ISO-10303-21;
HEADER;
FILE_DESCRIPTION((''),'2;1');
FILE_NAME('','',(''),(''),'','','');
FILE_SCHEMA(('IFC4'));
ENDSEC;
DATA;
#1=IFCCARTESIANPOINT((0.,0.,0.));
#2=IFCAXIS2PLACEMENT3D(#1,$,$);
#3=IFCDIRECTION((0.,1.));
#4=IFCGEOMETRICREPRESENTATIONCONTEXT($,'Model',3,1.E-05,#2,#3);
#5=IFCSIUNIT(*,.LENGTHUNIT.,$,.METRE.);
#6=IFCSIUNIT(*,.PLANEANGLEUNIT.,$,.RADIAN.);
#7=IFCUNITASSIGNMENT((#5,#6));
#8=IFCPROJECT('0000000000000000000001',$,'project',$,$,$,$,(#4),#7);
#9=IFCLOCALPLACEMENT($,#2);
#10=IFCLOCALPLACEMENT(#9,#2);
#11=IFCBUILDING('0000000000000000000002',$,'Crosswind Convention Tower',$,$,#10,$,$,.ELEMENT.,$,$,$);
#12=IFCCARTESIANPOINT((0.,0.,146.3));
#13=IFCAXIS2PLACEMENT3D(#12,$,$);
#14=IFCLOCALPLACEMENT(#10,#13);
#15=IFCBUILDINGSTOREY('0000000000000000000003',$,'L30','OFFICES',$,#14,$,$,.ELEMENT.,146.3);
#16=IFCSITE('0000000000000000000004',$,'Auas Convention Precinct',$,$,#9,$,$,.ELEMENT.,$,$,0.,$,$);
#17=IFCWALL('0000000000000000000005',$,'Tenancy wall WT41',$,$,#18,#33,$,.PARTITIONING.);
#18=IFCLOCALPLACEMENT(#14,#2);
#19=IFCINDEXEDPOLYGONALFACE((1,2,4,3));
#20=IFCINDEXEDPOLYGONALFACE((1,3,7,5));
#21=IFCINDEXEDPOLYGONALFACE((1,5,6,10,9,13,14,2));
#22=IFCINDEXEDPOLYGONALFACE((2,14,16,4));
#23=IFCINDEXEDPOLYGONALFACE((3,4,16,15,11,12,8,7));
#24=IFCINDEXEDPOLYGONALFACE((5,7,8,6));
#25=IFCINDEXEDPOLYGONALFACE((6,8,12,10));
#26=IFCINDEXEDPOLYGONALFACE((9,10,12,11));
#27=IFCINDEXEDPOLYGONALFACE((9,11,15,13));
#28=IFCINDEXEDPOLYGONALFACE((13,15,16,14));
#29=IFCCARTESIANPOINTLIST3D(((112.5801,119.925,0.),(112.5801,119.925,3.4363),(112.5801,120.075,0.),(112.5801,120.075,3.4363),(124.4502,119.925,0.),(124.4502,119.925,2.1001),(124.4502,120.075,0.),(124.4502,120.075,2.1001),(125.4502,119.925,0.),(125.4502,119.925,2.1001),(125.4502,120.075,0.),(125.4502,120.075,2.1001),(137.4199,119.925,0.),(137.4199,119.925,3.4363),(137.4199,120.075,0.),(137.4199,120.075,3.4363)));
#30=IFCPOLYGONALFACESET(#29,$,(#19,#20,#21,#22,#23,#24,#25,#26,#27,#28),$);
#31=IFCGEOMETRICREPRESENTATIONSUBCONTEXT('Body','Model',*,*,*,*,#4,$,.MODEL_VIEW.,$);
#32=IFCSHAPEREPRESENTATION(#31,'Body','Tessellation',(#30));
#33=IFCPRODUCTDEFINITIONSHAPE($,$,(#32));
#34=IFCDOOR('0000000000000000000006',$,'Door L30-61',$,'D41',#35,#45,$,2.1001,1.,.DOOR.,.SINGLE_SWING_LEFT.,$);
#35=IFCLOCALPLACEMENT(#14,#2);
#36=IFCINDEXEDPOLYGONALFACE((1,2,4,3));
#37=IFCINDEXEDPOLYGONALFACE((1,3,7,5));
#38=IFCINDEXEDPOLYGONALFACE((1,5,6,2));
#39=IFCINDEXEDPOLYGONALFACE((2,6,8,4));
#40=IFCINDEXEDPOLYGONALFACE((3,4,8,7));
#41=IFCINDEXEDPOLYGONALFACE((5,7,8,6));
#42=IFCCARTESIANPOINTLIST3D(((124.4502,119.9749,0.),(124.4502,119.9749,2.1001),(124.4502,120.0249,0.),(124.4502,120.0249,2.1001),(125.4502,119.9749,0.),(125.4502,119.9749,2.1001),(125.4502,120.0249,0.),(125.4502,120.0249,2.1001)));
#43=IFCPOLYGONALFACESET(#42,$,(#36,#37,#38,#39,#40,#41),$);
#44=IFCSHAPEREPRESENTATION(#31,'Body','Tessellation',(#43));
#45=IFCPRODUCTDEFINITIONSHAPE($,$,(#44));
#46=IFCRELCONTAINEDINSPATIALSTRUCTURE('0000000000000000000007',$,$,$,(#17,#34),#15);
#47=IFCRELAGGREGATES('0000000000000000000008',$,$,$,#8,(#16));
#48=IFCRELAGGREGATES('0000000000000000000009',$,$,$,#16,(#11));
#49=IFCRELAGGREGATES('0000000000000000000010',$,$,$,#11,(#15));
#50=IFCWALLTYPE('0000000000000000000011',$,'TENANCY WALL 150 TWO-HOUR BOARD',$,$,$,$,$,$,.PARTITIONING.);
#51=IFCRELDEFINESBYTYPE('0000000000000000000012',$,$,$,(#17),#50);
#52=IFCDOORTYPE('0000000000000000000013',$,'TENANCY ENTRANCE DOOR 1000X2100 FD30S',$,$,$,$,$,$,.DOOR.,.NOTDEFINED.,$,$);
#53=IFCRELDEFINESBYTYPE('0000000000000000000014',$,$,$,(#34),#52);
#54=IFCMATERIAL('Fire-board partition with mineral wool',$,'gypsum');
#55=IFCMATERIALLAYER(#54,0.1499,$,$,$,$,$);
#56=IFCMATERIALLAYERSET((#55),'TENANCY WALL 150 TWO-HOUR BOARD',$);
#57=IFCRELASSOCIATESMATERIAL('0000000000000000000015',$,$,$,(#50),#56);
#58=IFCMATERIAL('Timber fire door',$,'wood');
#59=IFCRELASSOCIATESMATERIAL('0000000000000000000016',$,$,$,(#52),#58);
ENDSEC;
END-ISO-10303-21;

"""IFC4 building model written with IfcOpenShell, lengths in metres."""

from ifc_helpers import new_model, si_unit, direction, frame, frame_2d, origin, place, context, subcontext, project, spatial, rectangle, extrude, material, layer, layer_set, type_object, element, fill, save


model = new_model("IFC4")

# Units and contexts
model_context = context("Model", 3, precision=1e-05, world=origin(), true_north=direction((0.0, 1.0)))
body_context = subcontext(model_context, "Body", "Model", "MODEL_VIEW")
ifc_project = project(units=[si_unit("LENGTHUNIT", "METRE"), si_unit("PLANEANGLEUNIT", "RADIAN")], contexts=[model_context])

# Site, building, storey
site_placement = place(None, origin())
site = spatial("IfcSite", under=ifc_project, at=site_placement, Name="Auas Convention Precinct", CompositionType="ELEMENT", RefElevation=0.0)
building_placement = place(site_placement, origin())
building = spatial("IfcBuilding", under=site, at=building_placement, Name="Crosswind Convention Tower", CompositionType="ELEMENT")
storey_placement = place(building_placement, frame((0.0, 0.0, 146.3)))
storey = spatial("IfcBuildingStorey", under=building, at=storey_placement, Name="L30", Description="OFFICES", CompositionType="ELEMENT", Elevation=146.3)

# Wall, opening, door
ifc_material_1 = material(Name="Fire-board partition with mineral wool", Category="gypsum")
ifc_layer_1 = layer(ifc_material_1, 0.1499)
ifc_layer_set_1 = layer_set([ifc_layer_1], Name="TENANCY WALL 150 TWO-HOUR BOARD")
wall_type = type_object("IfcWallType", Name="TENANCY WALL 150 TWO-HOUR BOARD", PredefinedType="PARTITIONING", material=ifc_layer_set_1)
wall_placement = place(storey_placement, frame((112.5801, 120.0, 0.0), z_axis=(0.0, 0.0, 1.0), x_axis=(1.0, 0.0, 0.0)))
wall = element("IfcWall", 1, at=wall_placement, inside=storey, type_object=wall_type, Name="Tenancy wall WT41", PredefinedType="PARTITIONING", context=body_context, shape_type="SweptSolid", body=[
    extrude(rectangle(XDim=24.8398, YDim=0.1499, at=frame_2d((12.4199, 0.0))), origin(), (0.0, 0.0, 1.0), 3.4363),
])
opening_placement = place(wall_placement, frame((11.8701, 0.0, 0.0)))
opening = element("IfcOpeningElement", 2, at=opening_placement, cuts=wall, PredefinedType="OPENING", context=body_context, shape_type="SweptSolid", body=[
    extrude(rectangle(XDim=1.0, YDim=2.1001, at=frame_2d((0.5, 1.05))), frame((0.0, 0.085, 0.0), z_axis=(0.0, -1.0, 0.0), x_axis=(1.0, 0.0, 0.0)), (0.0, 0.0, 1.0), 0.1699),
])
ifc_material_2 = material(Name="Timber fire door", Category="wood")
door_type = type_object("IfcDoorType", Name="TENANCY ENTRANCE DOOR 1000X2100 FD30S", OperationType="NOTDEFINED", PredefinedType="DOOR", material=ifc_material_2)
door_placement = place(opening_placement, origin())
door = element("IfcDoor", 3, at=door_placement, inside=storey, type_object=door_type, Name="Door L30-61", ObjectType="D41", OperationType="SINGLE_SWING_LEFT", OverallHeight=2.1001, OverallWidth=1.0, PredefinedType="DOOR", context=body_context, shape_type="SweptSolid", body=[
    extrude(rectangle(XDim=1.0, YDim=2.1001, at=frame_2d((0.5, 1.05))), frame((0.0, 0.0249, 0.0), z_axis=(0.0, -1.0, 0.0), x_axis=(1.0, 0.0, 0.0)), (0.0, 0.0, 1.0), 0.05),
])
fill(opening, door)

save(model, "model.ifc")
